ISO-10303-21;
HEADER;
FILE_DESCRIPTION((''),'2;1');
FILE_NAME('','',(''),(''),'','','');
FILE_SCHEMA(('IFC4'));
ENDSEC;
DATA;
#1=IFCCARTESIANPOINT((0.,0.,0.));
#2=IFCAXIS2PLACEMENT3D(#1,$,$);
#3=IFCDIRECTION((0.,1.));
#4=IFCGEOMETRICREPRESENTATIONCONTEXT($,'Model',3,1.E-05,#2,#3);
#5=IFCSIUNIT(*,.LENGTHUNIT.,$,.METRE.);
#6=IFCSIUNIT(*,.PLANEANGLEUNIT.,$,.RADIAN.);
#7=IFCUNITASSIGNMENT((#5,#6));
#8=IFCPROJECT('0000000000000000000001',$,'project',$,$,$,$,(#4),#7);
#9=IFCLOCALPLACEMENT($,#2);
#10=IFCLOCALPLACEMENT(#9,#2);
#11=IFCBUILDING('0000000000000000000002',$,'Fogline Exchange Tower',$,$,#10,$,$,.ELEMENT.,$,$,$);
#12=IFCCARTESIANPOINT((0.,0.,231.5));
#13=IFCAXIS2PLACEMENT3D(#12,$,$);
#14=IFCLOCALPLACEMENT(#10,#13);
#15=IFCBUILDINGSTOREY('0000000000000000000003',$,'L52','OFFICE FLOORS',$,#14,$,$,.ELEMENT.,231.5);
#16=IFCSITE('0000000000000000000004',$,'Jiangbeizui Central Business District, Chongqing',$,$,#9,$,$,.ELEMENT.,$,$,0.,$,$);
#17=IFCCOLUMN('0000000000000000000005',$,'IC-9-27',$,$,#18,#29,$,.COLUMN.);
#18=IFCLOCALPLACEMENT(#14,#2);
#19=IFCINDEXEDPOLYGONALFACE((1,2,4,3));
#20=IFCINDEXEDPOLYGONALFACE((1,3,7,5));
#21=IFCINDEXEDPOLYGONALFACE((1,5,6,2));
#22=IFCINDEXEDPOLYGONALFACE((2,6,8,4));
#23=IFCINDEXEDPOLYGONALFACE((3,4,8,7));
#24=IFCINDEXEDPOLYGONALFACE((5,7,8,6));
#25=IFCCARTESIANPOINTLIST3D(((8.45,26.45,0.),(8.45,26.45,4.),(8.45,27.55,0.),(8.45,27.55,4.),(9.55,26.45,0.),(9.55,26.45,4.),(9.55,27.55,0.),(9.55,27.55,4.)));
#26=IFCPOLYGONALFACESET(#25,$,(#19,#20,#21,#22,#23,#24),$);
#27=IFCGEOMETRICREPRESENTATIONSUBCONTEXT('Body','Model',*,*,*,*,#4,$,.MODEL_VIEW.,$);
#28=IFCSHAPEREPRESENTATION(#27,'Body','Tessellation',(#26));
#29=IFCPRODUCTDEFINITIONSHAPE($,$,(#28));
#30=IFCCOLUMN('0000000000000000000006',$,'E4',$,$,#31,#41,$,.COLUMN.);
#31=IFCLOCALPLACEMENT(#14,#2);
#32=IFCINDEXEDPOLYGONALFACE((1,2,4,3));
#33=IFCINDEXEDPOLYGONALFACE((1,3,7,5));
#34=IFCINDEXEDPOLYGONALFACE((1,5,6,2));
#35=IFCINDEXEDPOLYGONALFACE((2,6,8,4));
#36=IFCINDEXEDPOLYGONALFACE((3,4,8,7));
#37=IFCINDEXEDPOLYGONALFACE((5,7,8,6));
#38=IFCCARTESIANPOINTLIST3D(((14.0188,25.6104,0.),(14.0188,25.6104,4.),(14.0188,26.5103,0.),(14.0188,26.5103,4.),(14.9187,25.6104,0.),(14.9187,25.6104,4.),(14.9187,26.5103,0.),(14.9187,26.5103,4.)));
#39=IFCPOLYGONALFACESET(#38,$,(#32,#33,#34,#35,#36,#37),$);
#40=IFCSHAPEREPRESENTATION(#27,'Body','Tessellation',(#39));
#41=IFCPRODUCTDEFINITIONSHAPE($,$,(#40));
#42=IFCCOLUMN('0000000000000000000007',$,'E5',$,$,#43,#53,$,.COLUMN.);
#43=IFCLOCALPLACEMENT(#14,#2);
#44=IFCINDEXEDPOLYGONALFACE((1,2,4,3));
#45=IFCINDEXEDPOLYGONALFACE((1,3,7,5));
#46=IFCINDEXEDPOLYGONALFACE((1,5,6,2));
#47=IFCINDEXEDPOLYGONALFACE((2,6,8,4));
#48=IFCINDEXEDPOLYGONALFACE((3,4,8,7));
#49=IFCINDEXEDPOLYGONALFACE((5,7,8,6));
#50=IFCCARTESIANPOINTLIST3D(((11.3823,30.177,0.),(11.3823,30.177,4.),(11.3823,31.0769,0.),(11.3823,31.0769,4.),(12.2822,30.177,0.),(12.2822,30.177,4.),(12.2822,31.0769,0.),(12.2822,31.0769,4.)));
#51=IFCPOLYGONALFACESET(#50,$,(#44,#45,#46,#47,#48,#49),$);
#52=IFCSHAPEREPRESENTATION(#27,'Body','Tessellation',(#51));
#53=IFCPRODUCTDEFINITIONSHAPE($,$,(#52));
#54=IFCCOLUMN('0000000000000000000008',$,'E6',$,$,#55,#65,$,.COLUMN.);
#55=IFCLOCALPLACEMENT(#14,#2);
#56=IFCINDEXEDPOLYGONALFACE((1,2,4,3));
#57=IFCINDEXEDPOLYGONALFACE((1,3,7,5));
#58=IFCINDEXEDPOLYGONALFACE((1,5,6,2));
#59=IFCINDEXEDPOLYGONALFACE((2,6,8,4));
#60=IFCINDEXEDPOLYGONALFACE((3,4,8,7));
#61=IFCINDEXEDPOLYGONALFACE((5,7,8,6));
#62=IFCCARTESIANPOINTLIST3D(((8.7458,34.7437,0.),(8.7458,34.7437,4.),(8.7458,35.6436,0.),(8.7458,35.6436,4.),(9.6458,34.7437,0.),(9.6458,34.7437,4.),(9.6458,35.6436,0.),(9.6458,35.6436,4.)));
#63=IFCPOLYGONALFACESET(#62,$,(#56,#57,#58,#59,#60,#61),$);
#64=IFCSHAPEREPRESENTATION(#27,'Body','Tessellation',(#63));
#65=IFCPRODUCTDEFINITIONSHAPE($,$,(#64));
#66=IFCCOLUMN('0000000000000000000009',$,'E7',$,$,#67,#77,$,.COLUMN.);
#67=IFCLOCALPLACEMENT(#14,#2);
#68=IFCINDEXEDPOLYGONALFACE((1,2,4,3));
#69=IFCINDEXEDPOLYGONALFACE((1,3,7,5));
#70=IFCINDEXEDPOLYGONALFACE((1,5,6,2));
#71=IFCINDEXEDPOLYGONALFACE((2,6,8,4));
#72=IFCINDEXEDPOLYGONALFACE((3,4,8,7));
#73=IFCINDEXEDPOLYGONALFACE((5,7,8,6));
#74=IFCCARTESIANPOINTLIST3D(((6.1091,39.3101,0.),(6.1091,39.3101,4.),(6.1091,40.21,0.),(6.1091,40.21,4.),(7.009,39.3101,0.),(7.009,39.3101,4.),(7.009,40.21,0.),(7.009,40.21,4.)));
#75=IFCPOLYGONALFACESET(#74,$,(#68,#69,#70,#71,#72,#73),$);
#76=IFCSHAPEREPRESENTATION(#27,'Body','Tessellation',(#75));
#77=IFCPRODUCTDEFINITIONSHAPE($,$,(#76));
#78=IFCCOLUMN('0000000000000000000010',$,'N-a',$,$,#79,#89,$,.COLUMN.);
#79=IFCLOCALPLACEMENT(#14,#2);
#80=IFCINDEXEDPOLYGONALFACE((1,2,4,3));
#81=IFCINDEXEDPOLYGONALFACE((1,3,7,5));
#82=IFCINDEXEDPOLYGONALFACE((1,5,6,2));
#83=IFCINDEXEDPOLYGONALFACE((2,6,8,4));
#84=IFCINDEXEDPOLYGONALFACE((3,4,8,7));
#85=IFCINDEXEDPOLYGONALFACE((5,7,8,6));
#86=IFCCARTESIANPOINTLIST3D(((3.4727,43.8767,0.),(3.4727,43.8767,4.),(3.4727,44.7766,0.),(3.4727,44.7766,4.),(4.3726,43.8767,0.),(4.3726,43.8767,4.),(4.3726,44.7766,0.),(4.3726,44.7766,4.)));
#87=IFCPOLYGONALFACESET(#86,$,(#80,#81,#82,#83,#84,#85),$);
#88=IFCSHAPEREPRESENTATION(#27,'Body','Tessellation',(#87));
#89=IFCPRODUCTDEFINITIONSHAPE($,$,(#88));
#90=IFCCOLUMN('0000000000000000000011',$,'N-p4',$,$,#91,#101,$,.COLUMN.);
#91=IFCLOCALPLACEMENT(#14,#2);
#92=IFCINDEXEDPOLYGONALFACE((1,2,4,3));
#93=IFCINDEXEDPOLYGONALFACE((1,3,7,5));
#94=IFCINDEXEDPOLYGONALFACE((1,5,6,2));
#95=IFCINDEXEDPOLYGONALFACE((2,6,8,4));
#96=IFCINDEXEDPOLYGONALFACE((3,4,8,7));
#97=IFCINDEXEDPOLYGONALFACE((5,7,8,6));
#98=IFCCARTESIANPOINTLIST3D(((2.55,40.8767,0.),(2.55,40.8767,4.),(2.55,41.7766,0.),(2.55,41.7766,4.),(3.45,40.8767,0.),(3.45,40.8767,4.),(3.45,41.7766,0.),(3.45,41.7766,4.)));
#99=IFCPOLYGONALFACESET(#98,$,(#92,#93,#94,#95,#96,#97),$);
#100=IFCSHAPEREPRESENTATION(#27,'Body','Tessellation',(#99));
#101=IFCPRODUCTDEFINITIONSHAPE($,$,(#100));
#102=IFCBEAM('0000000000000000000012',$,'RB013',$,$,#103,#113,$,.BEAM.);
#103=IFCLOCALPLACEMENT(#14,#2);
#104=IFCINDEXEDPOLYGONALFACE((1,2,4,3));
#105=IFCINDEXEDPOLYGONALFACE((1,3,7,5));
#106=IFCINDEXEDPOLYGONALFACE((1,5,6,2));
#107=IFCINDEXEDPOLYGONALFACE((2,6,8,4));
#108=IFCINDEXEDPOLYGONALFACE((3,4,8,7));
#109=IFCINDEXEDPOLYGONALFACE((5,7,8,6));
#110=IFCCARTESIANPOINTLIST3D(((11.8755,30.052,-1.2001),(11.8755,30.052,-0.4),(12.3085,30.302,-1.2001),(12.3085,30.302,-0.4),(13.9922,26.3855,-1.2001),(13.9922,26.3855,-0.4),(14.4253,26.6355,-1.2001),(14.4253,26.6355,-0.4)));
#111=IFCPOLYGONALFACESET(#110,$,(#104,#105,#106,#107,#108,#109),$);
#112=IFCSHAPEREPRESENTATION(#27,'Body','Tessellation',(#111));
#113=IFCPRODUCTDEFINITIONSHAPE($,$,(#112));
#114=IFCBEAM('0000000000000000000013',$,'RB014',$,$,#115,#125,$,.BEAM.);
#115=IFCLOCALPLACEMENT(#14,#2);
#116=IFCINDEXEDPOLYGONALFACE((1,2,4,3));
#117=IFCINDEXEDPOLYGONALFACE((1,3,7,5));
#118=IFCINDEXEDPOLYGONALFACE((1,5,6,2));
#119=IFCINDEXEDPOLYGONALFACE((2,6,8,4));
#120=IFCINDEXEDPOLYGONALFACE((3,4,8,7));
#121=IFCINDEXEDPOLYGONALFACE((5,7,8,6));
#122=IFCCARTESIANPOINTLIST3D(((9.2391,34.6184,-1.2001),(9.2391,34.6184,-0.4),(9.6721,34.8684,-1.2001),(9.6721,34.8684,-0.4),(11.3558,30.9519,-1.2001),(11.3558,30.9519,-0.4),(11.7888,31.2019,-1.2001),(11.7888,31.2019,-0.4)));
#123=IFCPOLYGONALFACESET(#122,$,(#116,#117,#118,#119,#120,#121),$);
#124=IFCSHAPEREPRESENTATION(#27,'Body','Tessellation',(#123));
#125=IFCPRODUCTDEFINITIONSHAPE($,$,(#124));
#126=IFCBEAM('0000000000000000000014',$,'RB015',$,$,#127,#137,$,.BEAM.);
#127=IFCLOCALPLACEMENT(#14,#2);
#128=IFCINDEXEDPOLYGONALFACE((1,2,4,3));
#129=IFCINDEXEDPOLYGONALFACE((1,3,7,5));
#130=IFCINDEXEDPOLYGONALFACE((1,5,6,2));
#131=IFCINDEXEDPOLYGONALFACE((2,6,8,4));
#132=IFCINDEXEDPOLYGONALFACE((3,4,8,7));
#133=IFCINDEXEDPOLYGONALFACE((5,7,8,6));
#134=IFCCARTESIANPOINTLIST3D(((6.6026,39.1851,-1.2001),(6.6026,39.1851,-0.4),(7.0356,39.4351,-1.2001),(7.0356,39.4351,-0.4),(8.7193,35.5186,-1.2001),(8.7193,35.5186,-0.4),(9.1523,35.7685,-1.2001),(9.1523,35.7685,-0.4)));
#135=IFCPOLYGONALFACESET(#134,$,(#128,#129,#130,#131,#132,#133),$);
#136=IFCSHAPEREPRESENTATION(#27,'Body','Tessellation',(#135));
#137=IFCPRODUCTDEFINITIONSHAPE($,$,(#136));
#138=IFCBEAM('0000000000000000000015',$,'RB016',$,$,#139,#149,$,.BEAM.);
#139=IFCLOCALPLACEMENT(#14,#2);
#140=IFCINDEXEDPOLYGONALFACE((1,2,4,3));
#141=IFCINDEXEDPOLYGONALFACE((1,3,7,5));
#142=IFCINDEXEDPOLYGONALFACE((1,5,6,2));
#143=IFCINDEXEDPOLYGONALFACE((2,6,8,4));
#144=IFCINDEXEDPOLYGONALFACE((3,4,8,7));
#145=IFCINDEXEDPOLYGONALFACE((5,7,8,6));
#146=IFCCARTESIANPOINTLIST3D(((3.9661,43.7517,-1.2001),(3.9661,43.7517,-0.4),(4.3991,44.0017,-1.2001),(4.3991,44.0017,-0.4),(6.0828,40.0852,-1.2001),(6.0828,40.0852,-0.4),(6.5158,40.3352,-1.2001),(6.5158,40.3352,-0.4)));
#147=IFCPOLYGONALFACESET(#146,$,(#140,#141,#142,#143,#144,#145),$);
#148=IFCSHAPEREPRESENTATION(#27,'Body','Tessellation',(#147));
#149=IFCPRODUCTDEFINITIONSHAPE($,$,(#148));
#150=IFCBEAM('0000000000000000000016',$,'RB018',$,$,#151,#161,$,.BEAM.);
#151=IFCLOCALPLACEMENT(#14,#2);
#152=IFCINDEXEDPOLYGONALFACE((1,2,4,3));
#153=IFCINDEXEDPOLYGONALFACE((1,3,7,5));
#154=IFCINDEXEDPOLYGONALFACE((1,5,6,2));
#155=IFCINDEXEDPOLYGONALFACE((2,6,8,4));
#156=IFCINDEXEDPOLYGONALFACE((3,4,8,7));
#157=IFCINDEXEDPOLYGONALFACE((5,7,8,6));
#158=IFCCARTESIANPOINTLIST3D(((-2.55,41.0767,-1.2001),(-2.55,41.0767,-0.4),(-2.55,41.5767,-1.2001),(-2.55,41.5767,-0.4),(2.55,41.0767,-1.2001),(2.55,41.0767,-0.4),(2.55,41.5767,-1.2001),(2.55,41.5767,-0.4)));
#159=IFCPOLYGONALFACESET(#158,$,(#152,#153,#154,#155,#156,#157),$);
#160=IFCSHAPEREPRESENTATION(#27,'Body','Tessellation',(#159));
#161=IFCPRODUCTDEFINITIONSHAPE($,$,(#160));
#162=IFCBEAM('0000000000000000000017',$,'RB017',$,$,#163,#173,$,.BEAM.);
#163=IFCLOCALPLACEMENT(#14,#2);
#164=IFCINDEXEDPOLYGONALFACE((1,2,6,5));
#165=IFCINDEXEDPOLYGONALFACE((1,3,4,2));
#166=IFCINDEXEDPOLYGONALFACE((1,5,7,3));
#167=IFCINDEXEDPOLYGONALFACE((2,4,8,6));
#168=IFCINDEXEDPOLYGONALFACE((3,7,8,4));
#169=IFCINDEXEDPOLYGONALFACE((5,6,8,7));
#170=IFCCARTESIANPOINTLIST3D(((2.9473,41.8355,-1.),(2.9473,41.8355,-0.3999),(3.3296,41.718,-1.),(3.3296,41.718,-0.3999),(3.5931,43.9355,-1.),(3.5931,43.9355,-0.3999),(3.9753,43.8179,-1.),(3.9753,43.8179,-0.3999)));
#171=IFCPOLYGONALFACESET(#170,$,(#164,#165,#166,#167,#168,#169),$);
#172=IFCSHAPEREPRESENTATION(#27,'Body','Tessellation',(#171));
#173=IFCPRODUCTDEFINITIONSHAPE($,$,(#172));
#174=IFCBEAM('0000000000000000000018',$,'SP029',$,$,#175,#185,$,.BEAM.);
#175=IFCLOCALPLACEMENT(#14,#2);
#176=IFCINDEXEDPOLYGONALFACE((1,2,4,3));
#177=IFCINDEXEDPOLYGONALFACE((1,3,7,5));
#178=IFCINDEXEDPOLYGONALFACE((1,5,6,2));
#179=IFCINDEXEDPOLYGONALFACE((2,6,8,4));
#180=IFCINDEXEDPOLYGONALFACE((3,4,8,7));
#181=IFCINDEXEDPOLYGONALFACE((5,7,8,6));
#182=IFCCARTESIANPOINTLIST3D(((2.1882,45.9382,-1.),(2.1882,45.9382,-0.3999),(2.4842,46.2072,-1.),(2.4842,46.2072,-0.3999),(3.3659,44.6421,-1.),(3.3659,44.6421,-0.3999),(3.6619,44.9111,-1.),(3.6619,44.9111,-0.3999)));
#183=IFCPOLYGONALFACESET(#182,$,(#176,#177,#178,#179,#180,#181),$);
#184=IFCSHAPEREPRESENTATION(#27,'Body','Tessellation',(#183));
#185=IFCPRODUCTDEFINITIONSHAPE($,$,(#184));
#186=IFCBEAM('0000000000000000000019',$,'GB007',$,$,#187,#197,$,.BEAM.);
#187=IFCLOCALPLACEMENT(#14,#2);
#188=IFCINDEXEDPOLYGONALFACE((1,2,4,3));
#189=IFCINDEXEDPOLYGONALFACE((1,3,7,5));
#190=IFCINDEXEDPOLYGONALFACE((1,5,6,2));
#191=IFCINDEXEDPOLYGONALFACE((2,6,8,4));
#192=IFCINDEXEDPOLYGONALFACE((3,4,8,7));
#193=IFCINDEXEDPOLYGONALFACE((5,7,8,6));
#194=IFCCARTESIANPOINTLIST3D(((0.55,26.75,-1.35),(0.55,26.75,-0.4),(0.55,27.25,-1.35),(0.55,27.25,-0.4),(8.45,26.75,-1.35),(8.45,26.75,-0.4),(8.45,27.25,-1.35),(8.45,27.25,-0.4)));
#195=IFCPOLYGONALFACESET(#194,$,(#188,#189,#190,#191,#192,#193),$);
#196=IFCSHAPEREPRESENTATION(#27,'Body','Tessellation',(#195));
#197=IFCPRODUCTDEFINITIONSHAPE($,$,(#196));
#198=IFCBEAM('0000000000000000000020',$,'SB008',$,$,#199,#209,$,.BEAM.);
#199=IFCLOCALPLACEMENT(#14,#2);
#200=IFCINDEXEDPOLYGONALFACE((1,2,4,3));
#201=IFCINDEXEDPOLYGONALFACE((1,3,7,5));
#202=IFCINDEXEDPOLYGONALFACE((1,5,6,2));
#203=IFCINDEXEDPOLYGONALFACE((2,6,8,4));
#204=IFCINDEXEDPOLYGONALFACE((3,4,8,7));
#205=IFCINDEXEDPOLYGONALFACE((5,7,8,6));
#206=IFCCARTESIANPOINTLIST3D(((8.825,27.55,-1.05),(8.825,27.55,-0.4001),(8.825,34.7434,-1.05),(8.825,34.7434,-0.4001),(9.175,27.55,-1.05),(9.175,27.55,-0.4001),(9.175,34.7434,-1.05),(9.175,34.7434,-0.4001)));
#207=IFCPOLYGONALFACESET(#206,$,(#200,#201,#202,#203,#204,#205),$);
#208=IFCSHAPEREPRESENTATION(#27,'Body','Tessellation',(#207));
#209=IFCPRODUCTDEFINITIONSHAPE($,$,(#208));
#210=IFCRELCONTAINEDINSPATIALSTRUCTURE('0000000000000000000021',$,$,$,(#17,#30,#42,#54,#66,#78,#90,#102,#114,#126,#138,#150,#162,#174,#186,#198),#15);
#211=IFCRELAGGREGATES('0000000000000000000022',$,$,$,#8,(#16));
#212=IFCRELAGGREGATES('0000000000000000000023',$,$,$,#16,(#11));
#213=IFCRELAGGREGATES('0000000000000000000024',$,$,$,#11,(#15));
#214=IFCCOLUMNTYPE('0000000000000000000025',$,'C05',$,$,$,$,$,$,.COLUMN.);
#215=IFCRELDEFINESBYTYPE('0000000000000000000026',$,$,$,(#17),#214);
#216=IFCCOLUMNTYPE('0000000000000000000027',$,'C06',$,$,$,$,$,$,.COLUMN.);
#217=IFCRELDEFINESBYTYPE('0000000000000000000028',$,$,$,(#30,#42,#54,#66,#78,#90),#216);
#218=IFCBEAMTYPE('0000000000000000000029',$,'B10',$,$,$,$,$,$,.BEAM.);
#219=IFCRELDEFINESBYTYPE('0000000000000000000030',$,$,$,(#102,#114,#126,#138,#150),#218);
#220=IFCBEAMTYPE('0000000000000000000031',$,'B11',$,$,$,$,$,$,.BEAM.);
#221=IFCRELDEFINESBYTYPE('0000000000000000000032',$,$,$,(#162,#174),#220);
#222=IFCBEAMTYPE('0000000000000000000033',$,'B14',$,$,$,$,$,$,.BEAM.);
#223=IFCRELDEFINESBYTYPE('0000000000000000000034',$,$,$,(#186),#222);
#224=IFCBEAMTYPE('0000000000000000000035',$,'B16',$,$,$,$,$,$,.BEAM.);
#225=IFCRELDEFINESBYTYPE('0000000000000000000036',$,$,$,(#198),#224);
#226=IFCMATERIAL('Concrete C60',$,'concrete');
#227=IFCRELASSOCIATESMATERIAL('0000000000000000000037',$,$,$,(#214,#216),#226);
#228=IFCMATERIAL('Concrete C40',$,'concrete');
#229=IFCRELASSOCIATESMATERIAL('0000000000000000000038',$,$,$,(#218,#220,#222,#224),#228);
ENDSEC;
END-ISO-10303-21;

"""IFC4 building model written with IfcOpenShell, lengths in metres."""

from ifc_helpers import new_model, si_unit, direction, frame, origin, origin_2d, place, context, subcontext, project, spatial, rectangle, extrude, material, material_profile, profile_set, type_object, element, save


model = new_model("IFC4")

# Units and contexts
model_context = context("Model", 3, precision=1e-05, world=origin(), true_north=direction((0.0, 1.0)))
body_context = subcontext(model_context, "Body", "Model", "MODEL_VIEW")
ifc_project = project(units=[si_unit("LENGTHUNIT", "METRE"), si_unit("PLANEANGLEUNIT", "RADIAN")], contexts=[model_context])

# Site, building, storey
site_placement = place(None, origin())
site = spatial("IfcSite", under=ifc_project, at=site_placement, Name="Jiangbeizui Central Business District, Chongqing", CompositionType="ELEMENT", RefElevation=0.0)
building_placement = place(site_placement, origin())
building = spatial("IfcBuilding", under=site, at=building_placement, Name="Fogline Exchange Tower", CompositionType="ELEMENT")
storey_placement = place(building_placement, frame((0.0, 0.0, 231.5)))
storey = spatial("IfcBuildingStorey", under=building, at=storey_placement, Name="L52", Description="OFFICE FLOORS", CompositionType="ELEMENT", Elevation=231.5)

# Columns
ifc_material_1 = material(Name="Concrete C60", Category="concrete")
ifc_material_profile_1 = material_profile(ifc_material_1, rectangle(XDim=1.1001, YDim=1.1001, at=origin_2d()), Name="RC 1100x1100")
ifc_profile_set_1 = profile_set([ifc_material_profile_1], Name="Concrete C60")
column_type_1 = type_object("IfcColumnType", Name="C05", PredefinedType="COLUMN", material=ifc_profile_set_1)
column_placement = place(storey_placement, frame((9.0, 27.0, 0.0), z_axis=(0.0, 0.0, 1.0), x_axis=(1.0, 0.0, 0.0)))
element("IfcColumn", 1, at=column_placement, inside=storey, type_object=column_type_1, Name="IC-9-27", PredefinedType="COLUMN", context=body_context, shape_type="SweptSolid", body=[
    extrude(rectangle(XDim=1.1001, YDim=1.1001, at=origin_2d()), origin(), (0.0, 0.0, 1.0), 4.0),
])
ifc_material_profile_2 = material_profile(ifc_material_1, rectangle(XDim=0.8999, YDim=0.8999, at=origin_2d()), Name="RC 900x900")
ifc_profile_set_2 = profile_set([ifc_material_profile_2], Name="Concrete C60")
column_type_2 = type_object("IfcColumnType", Name="C06", PredefinedType="COLUMN", material=ifc_profile_set_2)
for number, where, z_axis, x_axis, name in (
    (2, (14.4688, 26.0603, 0.0), (0.0, 0.0, 1.0), (1.0, 0.0, 0.0), "E4"),
    (3, (11.8323, 30.627, 0.0), (0.0, 0.0, 1.0), (1.0, 0.0, 0.0), "E5"),
    (4, (9.1958, 35.1936, 0.0), (0.0, 0.0, 1.0), (1.0, 0.0, 0.0), "E6"),
    (5, (6.5591, 39.76, 0.0), (0.0, 0.0, 1.0), (1.0, 0.0, 0.0), "E7"),
    (6, (3.9226, 44.3267, 0.0), (0.0, 0.0, 1.0), (1.0, 0.0, 0.0), "N-a"),
    (7, (3.0, 41.3267, 0.0), (0.0, 0.0, 1.0), (1.0, 0.0, 0.0), "N-p4"),
):
    element("IfcColumn", number, at=place(storey_placement, frame(where, z_axis=z_axis, x_axis=x_axis)), inside=storey, type_object=column_type_2, Name=name, PredefinedType="COLUMN", context=body_context, shape_type="SweptSolid", body=[
        extrude(rectangle(XDim=0.8999, YDim=0.8999, at=origin_2d()), origin(), (0.0, 0.0, 1.0), 4.0),
    ])

# Beams
ifc_material_2 = material(Name="Concrete C40", Category="concrete")
ifc_material_profile_3 = material_profile(ifc_material_2, rectangle(XDim=0.5, YDim=0.8, at=origin_2d()), Name="RC 500x800")
ifc_profile_set_3 = profile_set([ifc_material_profile_3], Name="Concrete C40")
beam_type_1 = type_object("IfcBeamType", Name="B10", PredefinedType="BEAM", material=ifc_profile_set_3)
for number, where, z_axis, x_axis, name in (
    (8, (14.2087, 26.5105, -0.8), (-0.499972, 0.866042, 0.0), (-0.866042, -0.499972, 0.0), "RB013"),
    (9, (11.5723, 31.0769, -0.8), (-0.499972, 0.866042, 0.0), (-0.866042, -0.499972, 0.0), "RB014"),
    (10, (8.9358, 35.6436, -0.8), (-0.499972, 0.866042, 0.0), (-0.866042, -0.499972, 0.0), "RB015"),
    (11, (6.2993, 40.2102, -0.8), (-0.499972, 0.866042, 0.0), (-0.866042, -0.499972, 0.0), "RB016"),
):
    element("IfcBeam", number, at=place(storey_placement, frame(where, z_axis=z_axis, x_axis=x_axis)), inside=storey, type_object=beam_type_1, Name=name, PredefinedType="BEAM", context=body_context, shape_type="SweptSolid", body=[
        extrude(rectangle(XDim=0.5, YDim=0.8, at=origin_2d()), origin(), (0.0, 0.0, 1.0), 4.2336),
    ])
beam_1_placement = place(storey_placement, frame((2.55, 41.3267, -0.8), z_axis=(-1.0, 0.0, 0.0), x_axis=(0.0, -1.0, 0.0)))
element("IfcBeam", 12, at=beam_1_placement, inside=storey, type_object=beam_type_1, Name="RB018", PredefinedType="BEAM", context=body_context, shape_type="SweptSolid", body=[
    extrude(rectangle(XDim=0.5, YDim=0.8, at=origin_2d()), origin(), (0.0, 0.0, 1.0), 5.1001),
])
ifc_material_profile_4 = material_profile(ifc_material_2, rectangle(XDim=0.3999, YDim=0.6001, at=origin_2d()), Name="RC 400x600")
ifc_profile_set_4 = profile_set([ifc_material_profile_4], Name="Concrete C40")
beam_type_2 = type_object("IfcBeamType", Name="B11", PredefinedType="BEAM", material=ifc_profile_set_4)
beam_2_placement = place(storey_placement, frame((3.7842, 43.8767, -0.7), z_axis=(-0.293906, -0.955834, 0.0), x_axis=(0.955834, -0.293906, 0.0)))
element("IfcBeam", 13, at=beam_2_placement, inside=storey, type_object=beam_type_2, Name="RB017", PredefinedType="BEAM", context=body_context, shape_type="SweptSolid", body=[
    extrude(rectangle(XDim=0.3999, YDim=0.6001, at=origin_2d()), origin(), (0.0, 0.0, 1.0), 2.197),
])
beam_3_placement = place(storey_placement, frame((3.5139, 44.7766, -0.7), z_axis=(-0.672492, 0.740104, 0.0), x_axis=(-0.740104, -0.672492, 0.0)))
element("IfcBeam", 14, at=beam_3_placement, inside=storey, type_object=beam_type_2, Name="SP029", PredefinedType="BEAM", context=body_context, shape_type="SweptSolid", body=[
    extrude(rectangle(XDim=0.3999, YDim=0.6001, at=origin_2d()), origin(), (0.0, 0.0, 1.0), 1.7512),
])
ifc_material_profile_5 = material_profile(ifc_material_2, rectangle(XDim=0.5, YDim=0.95, at=origin_2d()), Name="RC 500x950")
ifc_profile_set_5 = profile_set([ifc_material_profile_5], Name="Concrete C40")
beam_type_3 = type_object("IfcBeamType", Name="B14", PredefinedType="BEAM", material=ifc_profile_set_5)
beam_4_placement = place(storey_placement, frame((0.55, 27.0, -0.875), z_axis=(1.0, 0.0, 0.0), x_axis=(0.0, 1.0, 0.0)))
element("IfcBeam", 15, at=beam_4_placement, inside=storey, type_object=beam_type_3, Name="GB007", PredefinedType="BEAM", context=body_context, shape_type="SweptSolid", body=[
    extrude(rectangle(XDim=0.5, YDim=0.95, at=origin_2d()), origin(), (0.0, 0.0, 1.0), 7.8999),
])
ifc_material_profile_6 = material_profile(ifc_material_2, rectangle(XDim=0.3501, YDim=0.6499, at=origin_2d()), Name="RC 350x650")
ifc_profile_set_6 = profile_set([ifc_material_profile_6], Name="Concrete C40")
beam_type_4 = type_object("IfcBeamType", Name="B16", PredefinedType="BEAM", material=ifc_profile_set_6)
beam_5_placement = place(storey_placement, frame((9.0, 27.55, -0.7251), z_axis=(0.0, 1.0, 0.0), x_axis=(-1.0, 0.0, 0.0)))
element("IfcBeam", 16, at=beam_5_placement, inside=storey, type_object=beam_type_4, Name="SB008", PredefinedType="BEAM", context=body_context, shape_type="SweptSolid", body=[
    extrude(rectangle(XDim=0.3501, YDim=0.6499, at=origin_2d()), origin(), (0.0, 0.0, 1.0), 7.1934),
])

save(model, "model.ifc")
